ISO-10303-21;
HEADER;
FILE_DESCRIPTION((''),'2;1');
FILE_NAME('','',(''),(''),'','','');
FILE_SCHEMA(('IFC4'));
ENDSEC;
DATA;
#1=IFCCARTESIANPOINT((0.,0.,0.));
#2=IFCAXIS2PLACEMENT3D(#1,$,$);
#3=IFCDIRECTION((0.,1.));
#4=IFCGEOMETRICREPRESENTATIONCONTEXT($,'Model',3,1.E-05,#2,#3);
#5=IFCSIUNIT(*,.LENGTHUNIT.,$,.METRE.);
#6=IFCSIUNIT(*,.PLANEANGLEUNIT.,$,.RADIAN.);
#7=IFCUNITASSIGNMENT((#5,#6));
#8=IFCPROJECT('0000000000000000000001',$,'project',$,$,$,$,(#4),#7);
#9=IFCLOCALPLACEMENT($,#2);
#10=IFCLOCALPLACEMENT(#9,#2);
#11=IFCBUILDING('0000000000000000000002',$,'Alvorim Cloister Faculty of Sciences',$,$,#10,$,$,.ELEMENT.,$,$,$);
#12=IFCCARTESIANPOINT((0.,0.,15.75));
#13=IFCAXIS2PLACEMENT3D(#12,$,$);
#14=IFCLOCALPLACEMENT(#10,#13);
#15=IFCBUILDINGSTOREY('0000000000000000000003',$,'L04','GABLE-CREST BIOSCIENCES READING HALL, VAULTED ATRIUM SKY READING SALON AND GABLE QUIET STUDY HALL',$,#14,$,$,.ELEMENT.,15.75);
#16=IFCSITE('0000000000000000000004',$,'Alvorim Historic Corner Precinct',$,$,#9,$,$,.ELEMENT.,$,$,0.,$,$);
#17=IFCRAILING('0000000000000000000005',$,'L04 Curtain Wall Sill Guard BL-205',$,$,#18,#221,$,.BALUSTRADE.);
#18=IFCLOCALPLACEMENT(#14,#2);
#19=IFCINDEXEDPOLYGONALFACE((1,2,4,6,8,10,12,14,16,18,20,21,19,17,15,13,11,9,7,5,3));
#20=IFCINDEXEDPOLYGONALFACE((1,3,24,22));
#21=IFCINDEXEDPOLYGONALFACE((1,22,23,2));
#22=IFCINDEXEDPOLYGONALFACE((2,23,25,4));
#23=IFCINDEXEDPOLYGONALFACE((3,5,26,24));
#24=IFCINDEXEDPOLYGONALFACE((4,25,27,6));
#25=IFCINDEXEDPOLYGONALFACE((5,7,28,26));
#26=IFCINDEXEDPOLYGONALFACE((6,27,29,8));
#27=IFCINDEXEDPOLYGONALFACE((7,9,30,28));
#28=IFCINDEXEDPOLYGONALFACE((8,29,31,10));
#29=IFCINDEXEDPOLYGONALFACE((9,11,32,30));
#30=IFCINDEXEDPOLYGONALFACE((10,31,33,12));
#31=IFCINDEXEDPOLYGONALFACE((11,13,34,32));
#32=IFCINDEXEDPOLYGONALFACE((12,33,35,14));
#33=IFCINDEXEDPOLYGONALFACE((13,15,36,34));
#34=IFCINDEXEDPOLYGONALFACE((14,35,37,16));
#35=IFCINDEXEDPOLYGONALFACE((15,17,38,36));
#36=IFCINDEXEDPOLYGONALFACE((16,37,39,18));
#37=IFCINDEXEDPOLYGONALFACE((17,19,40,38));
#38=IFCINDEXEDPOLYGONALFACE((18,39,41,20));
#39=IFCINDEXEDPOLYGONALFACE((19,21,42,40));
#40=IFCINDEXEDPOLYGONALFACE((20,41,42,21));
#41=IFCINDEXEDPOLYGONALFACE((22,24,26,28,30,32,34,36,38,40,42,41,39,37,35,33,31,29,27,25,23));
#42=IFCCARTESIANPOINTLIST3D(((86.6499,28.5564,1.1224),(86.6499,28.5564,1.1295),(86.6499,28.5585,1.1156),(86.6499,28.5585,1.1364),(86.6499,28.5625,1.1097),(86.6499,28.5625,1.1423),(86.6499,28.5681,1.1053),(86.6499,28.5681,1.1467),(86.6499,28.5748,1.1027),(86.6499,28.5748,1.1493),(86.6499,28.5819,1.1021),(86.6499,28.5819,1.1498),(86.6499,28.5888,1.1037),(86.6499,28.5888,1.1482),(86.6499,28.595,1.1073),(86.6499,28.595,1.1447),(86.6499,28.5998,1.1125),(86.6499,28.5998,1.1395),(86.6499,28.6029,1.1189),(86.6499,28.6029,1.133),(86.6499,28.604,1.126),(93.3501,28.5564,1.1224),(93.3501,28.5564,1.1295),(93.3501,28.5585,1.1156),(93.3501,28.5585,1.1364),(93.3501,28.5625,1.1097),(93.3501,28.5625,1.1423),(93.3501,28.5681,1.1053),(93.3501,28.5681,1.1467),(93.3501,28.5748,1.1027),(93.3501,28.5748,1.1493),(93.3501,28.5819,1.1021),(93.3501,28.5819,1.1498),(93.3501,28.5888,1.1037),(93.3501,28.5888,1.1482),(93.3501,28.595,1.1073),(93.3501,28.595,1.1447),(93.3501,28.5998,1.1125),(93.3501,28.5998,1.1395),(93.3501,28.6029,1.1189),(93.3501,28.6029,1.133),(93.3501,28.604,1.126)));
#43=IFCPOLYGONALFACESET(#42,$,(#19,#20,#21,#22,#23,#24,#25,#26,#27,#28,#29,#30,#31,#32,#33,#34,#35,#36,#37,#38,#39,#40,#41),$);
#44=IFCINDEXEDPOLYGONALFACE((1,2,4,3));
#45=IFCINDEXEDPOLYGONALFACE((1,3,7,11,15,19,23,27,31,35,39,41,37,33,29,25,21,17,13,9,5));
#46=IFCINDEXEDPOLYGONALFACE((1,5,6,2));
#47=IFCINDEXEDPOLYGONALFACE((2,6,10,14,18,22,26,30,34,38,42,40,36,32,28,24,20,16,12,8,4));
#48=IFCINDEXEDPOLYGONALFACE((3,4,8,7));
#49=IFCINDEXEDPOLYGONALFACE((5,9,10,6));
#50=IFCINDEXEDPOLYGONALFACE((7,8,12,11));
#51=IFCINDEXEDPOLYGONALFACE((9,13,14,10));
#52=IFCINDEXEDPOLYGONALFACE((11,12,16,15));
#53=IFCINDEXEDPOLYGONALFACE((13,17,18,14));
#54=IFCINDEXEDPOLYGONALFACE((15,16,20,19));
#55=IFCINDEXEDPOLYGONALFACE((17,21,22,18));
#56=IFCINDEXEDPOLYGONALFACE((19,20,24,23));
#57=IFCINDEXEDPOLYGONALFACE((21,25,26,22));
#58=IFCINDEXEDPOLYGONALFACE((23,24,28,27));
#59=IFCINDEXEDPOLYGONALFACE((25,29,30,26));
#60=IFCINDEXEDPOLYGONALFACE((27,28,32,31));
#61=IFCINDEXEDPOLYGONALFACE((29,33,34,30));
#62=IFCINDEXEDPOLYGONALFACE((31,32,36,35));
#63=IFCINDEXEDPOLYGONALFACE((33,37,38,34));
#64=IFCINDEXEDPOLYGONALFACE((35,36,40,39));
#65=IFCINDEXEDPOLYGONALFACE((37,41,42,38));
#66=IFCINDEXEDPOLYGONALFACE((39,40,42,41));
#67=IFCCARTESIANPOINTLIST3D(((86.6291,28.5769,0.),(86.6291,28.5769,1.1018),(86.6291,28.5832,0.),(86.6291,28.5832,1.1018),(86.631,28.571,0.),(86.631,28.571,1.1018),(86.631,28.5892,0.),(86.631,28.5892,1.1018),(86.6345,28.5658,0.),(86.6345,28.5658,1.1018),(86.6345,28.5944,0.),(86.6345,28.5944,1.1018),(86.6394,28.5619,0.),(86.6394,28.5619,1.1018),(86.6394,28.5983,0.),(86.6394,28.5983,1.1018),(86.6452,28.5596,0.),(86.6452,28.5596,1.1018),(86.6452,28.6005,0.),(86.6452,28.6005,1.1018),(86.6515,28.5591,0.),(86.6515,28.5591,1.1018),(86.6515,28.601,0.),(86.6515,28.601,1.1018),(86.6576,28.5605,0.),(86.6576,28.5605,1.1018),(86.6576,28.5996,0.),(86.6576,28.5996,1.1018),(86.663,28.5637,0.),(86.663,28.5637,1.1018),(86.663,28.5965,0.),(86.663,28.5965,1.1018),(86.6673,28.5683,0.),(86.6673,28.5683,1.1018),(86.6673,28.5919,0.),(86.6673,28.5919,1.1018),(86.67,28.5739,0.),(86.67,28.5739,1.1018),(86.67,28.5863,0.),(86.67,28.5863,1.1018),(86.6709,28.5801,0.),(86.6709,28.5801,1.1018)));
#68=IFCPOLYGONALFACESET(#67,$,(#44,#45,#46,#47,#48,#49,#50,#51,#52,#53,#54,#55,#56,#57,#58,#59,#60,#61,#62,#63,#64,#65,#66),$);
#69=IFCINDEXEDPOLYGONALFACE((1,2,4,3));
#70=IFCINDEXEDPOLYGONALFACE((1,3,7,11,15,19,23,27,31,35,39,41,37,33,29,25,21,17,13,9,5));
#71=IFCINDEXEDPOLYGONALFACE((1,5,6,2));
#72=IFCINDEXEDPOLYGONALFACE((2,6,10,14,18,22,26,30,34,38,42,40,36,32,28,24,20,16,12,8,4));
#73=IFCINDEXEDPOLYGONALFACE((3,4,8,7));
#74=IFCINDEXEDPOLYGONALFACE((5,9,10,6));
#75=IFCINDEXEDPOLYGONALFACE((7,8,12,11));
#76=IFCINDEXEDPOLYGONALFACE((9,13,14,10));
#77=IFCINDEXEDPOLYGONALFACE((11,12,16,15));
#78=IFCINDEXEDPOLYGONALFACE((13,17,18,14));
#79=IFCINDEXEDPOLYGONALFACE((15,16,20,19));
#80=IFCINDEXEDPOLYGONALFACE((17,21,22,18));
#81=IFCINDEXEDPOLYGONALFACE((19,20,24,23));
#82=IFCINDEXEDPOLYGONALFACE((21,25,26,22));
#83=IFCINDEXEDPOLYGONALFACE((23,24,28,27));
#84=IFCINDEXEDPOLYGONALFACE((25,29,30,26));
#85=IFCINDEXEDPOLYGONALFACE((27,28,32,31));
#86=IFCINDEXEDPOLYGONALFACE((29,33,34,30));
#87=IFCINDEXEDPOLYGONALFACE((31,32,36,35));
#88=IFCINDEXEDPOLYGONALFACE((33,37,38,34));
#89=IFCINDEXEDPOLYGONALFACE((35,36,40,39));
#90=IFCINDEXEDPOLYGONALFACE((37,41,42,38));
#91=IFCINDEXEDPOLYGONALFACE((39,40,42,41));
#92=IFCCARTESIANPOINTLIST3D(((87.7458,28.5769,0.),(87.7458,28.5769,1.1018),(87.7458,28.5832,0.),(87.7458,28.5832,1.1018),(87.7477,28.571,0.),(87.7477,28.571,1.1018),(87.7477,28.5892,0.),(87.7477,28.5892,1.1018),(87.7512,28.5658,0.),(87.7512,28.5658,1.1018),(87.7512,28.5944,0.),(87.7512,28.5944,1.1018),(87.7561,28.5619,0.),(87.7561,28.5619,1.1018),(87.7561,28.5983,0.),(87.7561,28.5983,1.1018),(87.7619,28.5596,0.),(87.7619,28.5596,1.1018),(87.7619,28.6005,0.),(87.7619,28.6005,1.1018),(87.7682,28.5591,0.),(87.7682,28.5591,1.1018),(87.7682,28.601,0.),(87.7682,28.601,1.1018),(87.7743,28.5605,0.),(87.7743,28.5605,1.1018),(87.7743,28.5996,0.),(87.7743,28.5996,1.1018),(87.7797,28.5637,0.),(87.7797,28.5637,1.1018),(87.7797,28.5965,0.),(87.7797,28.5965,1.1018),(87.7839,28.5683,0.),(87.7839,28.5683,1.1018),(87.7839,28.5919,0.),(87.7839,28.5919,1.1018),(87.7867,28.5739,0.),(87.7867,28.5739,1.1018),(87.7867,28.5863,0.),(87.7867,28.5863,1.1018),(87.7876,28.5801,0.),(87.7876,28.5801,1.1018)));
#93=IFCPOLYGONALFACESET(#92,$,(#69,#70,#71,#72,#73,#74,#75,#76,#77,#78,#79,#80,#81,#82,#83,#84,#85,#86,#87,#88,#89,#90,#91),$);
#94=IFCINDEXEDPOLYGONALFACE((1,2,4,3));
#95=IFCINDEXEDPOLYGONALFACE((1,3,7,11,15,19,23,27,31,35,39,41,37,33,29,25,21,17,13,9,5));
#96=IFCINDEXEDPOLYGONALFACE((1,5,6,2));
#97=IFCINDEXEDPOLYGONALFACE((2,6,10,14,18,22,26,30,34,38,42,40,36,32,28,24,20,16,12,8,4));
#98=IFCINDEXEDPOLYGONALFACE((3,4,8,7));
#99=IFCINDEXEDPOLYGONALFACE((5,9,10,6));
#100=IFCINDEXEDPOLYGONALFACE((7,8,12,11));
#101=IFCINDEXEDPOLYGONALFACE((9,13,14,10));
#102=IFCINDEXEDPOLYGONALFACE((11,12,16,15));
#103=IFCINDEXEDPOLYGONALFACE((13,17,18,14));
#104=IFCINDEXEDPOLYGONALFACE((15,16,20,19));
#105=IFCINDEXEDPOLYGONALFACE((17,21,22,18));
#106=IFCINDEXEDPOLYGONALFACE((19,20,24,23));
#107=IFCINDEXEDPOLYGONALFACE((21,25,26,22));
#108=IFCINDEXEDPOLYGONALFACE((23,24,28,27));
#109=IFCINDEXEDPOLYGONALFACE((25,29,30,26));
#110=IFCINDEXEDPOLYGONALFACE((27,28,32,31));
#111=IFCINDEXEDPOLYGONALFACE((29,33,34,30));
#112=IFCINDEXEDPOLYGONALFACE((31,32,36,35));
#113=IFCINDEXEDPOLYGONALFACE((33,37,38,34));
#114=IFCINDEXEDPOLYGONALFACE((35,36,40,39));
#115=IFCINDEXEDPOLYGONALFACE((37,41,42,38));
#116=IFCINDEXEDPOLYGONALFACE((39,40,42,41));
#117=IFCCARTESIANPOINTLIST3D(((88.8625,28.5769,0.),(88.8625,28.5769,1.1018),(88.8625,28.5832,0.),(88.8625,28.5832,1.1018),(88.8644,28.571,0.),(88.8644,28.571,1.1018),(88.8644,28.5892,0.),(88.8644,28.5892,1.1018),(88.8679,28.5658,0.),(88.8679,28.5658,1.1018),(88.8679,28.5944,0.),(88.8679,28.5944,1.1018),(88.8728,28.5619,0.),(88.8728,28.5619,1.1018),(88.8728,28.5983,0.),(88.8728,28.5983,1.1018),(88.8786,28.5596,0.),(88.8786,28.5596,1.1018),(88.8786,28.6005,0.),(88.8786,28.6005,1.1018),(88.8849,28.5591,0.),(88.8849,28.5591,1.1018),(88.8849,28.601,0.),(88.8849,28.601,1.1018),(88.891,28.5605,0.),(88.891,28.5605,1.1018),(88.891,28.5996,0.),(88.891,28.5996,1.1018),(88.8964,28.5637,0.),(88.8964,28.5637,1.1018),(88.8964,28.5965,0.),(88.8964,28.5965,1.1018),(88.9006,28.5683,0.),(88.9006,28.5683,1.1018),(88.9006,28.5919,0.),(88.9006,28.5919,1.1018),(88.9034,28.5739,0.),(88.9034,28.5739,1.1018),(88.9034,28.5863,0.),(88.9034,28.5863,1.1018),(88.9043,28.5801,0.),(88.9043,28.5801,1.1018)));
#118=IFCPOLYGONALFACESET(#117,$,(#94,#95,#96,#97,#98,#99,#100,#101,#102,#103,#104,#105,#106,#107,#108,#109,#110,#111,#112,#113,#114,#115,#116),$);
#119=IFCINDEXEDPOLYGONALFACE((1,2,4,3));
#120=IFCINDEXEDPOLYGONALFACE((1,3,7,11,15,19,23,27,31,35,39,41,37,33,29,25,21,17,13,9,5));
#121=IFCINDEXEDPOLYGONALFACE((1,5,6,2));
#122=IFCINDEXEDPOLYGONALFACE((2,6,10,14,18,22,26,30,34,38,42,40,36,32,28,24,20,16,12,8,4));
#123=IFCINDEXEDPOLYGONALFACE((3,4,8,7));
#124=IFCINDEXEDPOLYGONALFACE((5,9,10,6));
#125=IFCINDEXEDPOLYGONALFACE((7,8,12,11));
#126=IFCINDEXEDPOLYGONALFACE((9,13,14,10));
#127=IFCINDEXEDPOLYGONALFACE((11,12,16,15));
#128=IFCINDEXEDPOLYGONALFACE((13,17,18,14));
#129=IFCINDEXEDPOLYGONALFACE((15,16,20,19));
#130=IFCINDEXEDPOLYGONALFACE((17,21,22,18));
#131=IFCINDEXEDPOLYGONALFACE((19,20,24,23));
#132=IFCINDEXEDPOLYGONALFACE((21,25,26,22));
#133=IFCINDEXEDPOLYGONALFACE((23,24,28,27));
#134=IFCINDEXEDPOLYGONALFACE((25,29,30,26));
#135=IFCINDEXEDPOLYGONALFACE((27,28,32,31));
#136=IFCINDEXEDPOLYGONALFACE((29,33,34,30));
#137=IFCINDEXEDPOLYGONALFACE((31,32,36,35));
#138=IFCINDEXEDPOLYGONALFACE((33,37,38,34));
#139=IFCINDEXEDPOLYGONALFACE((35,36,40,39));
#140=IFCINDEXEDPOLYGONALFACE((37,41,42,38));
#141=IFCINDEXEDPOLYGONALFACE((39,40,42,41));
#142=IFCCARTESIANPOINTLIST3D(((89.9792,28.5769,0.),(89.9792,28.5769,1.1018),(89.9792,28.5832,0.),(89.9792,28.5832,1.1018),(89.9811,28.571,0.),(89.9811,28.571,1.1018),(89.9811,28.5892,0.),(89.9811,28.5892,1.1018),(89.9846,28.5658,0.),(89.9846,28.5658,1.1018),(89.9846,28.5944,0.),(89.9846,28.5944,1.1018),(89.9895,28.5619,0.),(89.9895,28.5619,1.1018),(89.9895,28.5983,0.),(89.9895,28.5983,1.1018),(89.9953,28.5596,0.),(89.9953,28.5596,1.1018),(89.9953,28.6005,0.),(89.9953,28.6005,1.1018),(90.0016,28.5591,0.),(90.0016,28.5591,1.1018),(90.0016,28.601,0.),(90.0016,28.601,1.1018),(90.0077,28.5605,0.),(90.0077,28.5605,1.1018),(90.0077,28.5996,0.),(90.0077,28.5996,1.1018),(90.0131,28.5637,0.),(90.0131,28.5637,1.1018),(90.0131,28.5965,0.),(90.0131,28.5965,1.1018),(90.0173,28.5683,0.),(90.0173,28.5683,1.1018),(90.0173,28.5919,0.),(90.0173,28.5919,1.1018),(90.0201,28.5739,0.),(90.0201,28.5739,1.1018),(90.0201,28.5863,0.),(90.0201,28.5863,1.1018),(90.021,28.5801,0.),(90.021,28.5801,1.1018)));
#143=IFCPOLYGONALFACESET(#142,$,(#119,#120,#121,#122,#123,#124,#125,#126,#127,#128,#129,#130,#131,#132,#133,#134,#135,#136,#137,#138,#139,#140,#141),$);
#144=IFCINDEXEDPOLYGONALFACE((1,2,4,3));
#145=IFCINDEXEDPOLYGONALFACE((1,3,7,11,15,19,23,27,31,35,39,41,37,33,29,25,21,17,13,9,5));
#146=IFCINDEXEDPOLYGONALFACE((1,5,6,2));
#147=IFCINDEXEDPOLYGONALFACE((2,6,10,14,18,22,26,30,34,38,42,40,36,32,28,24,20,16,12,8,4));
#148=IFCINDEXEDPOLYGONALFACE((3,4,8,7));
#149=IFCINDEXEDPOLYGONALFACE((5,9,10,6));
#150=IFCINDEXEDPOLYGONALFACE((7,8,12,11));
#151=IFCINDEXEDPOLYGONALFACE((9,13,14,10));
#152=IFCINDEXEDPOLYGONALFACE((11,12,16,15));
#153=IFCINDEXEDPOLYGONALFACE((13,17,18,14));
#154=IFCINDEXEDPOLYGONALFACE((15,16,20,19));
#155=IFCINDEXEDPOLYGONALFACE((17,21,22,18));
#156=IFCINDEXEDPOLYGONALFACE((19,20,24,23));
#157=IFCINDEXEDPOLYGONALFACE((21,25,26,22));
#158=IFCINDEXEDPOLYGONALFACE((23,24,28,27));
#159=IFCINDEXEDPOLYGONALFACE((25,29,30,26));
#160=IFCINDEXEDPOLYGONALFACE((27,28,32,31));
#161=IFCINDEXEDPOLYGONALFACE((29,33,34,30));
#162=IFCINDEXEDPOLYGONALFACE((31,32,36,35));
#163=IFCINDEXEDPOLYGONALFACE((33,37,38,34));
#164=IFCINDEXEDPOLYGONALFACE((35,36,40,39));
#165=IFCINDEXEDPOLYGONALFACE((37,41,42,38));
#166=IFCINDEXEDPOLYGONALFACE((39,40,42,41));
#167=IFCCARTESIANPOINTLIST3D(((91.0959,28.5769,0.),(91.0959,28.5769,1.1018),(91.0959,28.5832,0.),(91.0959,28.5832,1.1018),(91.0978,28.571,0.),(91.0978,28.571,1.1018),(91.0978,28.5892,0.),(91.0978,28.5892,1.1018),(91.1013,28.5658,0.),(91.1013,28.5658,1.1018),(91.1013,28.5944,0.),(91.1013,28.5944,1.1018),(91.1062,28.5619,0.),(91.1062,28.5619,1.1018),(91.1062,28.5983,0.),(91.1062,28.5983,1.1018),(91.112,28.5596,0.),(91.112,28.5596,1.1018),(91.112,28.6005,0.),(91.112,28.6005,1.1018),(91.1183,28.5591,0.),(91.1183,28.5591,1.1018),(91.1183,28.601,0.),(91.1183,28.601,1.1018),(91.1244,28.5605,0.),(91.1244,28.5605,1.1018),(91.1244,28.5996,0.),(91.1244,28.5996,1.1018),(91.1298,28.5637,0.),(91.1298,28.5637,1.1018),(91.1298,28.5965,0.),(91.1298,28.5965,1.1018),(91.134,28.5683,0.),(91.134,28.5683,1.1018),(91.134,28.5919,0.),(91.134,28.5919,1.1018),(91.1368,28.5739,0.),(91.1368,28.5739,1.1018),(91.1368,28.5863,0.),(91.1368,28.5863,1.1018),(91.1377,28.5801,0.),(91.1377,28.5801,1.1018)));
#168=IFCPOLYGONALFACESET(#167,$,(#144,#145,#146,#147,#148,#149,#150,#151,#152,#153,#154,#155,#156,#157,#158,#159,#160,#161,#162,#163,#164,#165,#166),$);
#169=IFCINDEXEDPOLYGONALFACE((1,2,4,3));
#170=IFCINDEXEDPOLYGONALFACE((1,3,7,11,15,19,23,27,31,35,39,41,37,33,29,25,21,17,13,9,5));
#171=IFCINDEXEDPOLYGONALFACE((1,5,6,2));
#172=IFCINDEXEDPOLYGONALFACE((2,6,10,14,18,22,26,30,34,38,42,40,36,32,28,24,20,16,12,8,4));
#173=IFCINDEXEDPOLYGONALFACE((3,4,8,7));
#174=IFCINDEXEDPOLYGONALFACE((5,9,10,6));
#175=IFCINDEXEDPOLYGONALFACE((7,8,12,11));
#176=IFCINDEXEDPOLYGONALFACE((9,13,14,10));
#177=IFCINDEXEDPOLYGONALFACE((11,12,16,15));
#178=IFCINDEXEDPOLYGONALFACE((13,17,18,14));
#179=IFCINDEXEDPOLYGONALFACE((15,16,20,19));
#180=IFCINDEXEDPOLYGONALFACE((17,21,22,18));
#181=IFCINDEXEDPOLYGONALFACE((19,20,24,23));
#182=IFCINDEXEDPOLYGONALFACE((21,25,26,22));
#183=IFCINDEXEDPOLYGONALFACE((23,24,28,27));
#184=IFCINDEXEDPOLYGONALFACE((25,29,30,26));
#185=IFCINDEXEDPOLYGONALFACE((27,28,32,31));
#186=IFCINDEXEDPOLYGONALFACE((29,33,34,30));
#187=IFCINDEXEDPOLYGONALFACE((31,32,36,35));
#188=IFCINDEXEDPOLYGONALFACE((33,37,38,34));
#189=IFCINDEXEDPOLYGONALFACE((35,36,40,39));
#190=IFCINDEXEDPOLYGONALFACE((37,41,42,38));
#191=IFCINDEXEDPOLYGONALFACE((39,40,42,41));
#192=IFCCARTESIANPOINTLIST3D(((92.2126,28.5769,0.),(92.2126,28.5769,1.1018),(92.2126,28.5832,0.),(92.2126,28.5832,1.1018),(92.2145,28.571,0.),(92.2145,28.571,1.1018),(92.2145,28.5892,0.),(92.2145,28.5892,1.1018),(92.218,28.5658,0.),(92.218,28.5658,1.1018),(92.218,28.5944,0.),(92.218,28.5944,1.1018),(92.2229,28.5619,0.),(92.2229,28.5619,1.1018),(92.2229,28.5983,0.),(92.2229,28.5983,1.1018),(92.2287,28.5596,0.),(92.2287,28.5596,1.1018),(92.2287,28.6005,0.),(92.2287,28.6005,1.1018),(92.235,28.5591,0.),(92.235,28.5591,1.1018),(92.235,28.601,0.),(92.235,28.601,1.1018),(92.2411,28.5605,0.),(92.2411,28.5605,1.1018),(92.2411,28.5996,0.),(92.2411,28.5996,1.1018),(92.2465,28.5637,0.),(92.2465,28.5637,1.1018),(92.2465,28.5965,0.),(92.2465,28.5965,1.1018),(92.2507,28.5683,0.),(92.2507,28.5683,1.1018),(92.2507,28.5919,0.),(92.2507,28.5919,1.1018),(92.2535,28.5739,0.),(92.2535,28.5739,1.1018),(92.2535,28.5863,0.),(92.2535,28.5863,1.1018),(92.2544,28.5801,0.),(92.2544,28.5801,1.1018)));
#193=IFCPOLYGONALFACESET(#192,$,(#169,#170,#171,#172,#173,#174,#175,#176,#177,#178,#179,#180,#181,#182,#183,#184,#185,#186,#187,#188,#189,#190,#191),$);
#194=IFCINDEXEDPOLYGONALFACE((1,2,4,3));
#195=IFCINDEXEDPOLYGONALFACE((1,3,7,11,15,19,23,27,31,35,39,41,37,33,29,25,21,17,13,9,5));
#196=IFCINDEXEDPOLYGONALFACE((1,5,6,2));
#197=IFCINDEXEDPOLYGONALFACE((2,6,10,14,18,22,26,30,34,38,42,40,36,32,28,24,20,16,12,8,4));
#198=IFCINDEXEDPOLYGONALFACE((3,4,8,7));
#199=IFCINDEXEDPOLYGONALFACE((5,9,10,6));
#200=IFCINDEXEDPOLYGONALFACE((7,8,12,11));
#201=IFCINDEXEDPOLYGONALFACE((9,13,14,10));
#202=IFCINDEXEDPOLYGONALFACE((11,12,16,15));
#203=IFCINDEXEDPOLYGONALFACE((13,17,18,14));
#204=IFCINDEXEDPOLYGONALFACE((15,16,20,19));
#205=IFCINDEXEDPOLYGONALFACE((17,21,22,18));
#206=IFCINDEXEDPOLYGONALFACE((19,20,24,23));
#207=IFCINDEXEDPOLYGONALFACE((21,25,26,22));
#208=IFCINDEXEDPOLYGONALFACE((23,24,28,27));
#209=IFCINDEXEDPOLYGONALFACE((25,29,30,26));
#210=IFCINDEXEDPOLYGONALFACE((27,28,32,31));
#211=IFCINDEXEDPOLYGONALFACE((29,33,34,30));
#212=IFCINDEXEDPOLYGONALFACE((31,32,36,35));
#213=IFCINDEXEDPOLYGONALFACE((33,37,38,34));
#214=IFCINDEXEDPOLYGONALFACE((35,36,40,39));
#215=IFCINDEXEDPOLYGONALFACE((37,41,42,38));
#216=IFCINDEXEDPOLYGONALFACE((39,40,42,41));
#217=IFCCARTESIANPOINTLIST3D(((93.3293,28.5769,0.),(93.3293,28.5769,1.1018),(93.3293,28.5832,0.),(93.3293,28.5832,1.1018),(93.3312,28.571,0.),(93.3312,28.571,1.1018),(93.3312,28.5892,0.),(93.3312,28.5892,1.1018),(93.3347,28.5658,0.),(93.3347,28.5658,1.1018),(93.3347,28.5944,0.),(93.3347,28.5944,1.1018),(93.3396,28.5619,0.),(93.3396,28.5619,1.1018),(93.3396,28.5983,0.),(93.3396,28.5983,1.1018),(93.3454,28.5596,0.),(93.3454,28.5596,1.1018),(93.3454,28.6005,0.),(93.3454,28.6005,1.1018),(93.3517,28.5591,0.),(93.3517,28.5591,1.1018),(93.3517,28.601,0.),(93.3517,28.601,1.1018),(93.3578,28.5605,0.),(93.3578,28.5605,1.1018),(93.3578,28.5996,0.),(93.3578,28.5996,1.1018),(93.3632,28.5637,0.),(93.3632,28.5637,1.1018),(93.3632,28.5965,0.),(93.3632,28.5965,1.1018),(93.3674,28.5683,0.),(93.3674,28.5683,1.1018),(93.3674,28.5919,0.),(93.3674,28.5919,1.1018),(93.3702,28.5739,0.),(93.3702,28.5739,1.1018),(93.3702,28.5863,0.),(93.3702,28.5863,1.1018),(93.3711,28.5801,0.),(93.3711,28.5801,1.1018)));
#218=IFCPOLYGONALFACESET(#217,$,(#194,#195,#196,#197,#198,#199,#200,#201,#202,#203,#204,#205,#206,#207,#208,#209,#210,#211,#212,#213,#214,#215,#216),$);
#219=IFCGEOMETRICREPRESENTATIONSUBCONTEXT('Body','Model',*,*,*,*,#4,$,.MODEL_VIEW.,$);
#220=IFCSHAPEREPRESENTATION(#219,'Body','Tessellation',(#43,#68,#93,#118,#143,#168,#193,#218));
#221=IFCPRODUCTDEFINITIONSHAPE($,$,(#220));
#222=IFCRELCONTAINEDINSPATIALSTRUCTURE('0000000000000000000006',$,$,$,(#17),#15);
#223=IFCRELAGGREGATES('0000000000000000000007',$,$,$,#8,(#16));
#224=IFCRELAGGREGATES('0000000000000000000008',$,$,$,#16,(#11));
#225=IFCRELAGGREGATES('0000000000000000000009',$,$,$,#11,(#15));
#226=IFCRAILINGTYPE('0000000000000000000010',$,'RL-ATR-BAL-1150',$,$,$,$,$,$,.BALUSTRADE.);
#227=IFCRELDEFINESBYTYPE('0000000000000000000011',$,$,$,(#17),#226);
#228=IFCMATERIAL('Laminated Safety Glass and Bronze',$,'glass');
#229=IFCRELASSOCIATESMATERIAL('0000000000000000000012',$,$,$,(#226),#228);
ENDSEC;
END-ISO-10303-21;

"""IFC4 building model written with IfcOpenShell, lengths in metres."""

from ifc_helpers import new_model, si_unit, direction, frame, origin, origin_2d, place, context, subcontext, project, spatial, circle, extrude, material, type_object, element, save


model = new_model("IFC4")

# Units and contexts
model_context = context("Model", 3, precision=1e-05, world=origin(), true_north=direction((0.0, 1.0)))
body_context = subcontext(model_context, "Body", "Model", "MODEL_VIEW")
ifc_project = project(units=[si_unit("LENGTHUNIT", "METRE"), si_unit("PLANEANGLEUNIT", "RADIAN")], contexts=[model_context])

# Site, building, storey
site_placement = place(None, origin())
site = spatial("IfcSite", under=ifc_project, at=site_placement, Name="Alvorim Historic Corner Precinct", CompositionType="ELEMENT", RefElevation=0.0)
building_placement = place(site_placement, origin())
building = spatial("IfcBuilding", under=site, at=building_placement, Name="Alvorim Cloister Faculty of Sciences", CompositionType="ELEMENT")
storey_placement = place(building_placement, frame((0.0, 0.0, 15.75)))
storey = spatial("IfcBuildingStorey", under=building, at=storey_placement, Name="L04", Description="GABLE-CREST BIOSCIENCES READING HALL, VAULTED ATRIUM SKY READING SALON AND GABLE QUIET STUDY HALL", CompositionType="ELEMENT", Elevation=15.75)

# Railing
ifc_material_1 = material(Name="Laminated Safety Glass and Bronze", Category="glass")
railing_type = type_object("IfcRailingType", Name="RL-ATR-BAL-1150", PredefinedType="BALUSTRADE", material=ifc_material_1)
railing_placement = place(storey_placement, frame((86.6499, 28.5801, 0.0)))
element("IfcRailing", 1, at=railing_placement, inside=storey, type_object=railing_type, Name="L04 Curtain Wall Sill Guard BL-205", PredefinedType="BALUSTRADE", context=body_context, shape_type="SweptSolid", body=[
    extrude(circle(Radius=0.0239, at=origin_2d()), frame((0.0, 0.0, 1.126), z_axis=(1.0, 0.0, 0.0), x_axis=(0.0, 1.0, 0.0)), (0.0, 0.0, 1.0), 6.7002),
    extrude(circle(Radius=0.021, at=origin_2d()), origin(), (0.0, 0.0, 1.0), 1.1018),
    extrude(circle(Radius=0.021, at=origin_2d()), frame((1.1167, 0.0, 0.0)), (0.0, 0.0, 1.0), 1.1018),
    extrude(circle(Radius=0.021, at=origin_2d()), frame((2.2334, 0.0, 0.0)), (0.0, 0.0, 1.0), 1.1018),
    extrude(circle(Radius=0.021, at=origin_2d()), frame((3.3501, 0.0, 0.0)), (0.0, 0.0, 1.0), 1.1018),
    extrude(circle(Radius=0.021, at=origin_2d()), frame((4.4668, 0.0, 0.0)), (0.0, 0.0, 1.0), 1.1018),
    extrude(circle(Radius=0.021, at=origin_2d()), frame((5.5835, 0.0, 0.0)), (0.0, 0.0, 1.0), 1.1018),
    extrude(circle(Radius=0.021, at=origin_2d()), frame((6.7002, 0.0, 0.0)), (0.0, 0.0, 1.0), 1.1018),
])

save(model, "model.ifc")
